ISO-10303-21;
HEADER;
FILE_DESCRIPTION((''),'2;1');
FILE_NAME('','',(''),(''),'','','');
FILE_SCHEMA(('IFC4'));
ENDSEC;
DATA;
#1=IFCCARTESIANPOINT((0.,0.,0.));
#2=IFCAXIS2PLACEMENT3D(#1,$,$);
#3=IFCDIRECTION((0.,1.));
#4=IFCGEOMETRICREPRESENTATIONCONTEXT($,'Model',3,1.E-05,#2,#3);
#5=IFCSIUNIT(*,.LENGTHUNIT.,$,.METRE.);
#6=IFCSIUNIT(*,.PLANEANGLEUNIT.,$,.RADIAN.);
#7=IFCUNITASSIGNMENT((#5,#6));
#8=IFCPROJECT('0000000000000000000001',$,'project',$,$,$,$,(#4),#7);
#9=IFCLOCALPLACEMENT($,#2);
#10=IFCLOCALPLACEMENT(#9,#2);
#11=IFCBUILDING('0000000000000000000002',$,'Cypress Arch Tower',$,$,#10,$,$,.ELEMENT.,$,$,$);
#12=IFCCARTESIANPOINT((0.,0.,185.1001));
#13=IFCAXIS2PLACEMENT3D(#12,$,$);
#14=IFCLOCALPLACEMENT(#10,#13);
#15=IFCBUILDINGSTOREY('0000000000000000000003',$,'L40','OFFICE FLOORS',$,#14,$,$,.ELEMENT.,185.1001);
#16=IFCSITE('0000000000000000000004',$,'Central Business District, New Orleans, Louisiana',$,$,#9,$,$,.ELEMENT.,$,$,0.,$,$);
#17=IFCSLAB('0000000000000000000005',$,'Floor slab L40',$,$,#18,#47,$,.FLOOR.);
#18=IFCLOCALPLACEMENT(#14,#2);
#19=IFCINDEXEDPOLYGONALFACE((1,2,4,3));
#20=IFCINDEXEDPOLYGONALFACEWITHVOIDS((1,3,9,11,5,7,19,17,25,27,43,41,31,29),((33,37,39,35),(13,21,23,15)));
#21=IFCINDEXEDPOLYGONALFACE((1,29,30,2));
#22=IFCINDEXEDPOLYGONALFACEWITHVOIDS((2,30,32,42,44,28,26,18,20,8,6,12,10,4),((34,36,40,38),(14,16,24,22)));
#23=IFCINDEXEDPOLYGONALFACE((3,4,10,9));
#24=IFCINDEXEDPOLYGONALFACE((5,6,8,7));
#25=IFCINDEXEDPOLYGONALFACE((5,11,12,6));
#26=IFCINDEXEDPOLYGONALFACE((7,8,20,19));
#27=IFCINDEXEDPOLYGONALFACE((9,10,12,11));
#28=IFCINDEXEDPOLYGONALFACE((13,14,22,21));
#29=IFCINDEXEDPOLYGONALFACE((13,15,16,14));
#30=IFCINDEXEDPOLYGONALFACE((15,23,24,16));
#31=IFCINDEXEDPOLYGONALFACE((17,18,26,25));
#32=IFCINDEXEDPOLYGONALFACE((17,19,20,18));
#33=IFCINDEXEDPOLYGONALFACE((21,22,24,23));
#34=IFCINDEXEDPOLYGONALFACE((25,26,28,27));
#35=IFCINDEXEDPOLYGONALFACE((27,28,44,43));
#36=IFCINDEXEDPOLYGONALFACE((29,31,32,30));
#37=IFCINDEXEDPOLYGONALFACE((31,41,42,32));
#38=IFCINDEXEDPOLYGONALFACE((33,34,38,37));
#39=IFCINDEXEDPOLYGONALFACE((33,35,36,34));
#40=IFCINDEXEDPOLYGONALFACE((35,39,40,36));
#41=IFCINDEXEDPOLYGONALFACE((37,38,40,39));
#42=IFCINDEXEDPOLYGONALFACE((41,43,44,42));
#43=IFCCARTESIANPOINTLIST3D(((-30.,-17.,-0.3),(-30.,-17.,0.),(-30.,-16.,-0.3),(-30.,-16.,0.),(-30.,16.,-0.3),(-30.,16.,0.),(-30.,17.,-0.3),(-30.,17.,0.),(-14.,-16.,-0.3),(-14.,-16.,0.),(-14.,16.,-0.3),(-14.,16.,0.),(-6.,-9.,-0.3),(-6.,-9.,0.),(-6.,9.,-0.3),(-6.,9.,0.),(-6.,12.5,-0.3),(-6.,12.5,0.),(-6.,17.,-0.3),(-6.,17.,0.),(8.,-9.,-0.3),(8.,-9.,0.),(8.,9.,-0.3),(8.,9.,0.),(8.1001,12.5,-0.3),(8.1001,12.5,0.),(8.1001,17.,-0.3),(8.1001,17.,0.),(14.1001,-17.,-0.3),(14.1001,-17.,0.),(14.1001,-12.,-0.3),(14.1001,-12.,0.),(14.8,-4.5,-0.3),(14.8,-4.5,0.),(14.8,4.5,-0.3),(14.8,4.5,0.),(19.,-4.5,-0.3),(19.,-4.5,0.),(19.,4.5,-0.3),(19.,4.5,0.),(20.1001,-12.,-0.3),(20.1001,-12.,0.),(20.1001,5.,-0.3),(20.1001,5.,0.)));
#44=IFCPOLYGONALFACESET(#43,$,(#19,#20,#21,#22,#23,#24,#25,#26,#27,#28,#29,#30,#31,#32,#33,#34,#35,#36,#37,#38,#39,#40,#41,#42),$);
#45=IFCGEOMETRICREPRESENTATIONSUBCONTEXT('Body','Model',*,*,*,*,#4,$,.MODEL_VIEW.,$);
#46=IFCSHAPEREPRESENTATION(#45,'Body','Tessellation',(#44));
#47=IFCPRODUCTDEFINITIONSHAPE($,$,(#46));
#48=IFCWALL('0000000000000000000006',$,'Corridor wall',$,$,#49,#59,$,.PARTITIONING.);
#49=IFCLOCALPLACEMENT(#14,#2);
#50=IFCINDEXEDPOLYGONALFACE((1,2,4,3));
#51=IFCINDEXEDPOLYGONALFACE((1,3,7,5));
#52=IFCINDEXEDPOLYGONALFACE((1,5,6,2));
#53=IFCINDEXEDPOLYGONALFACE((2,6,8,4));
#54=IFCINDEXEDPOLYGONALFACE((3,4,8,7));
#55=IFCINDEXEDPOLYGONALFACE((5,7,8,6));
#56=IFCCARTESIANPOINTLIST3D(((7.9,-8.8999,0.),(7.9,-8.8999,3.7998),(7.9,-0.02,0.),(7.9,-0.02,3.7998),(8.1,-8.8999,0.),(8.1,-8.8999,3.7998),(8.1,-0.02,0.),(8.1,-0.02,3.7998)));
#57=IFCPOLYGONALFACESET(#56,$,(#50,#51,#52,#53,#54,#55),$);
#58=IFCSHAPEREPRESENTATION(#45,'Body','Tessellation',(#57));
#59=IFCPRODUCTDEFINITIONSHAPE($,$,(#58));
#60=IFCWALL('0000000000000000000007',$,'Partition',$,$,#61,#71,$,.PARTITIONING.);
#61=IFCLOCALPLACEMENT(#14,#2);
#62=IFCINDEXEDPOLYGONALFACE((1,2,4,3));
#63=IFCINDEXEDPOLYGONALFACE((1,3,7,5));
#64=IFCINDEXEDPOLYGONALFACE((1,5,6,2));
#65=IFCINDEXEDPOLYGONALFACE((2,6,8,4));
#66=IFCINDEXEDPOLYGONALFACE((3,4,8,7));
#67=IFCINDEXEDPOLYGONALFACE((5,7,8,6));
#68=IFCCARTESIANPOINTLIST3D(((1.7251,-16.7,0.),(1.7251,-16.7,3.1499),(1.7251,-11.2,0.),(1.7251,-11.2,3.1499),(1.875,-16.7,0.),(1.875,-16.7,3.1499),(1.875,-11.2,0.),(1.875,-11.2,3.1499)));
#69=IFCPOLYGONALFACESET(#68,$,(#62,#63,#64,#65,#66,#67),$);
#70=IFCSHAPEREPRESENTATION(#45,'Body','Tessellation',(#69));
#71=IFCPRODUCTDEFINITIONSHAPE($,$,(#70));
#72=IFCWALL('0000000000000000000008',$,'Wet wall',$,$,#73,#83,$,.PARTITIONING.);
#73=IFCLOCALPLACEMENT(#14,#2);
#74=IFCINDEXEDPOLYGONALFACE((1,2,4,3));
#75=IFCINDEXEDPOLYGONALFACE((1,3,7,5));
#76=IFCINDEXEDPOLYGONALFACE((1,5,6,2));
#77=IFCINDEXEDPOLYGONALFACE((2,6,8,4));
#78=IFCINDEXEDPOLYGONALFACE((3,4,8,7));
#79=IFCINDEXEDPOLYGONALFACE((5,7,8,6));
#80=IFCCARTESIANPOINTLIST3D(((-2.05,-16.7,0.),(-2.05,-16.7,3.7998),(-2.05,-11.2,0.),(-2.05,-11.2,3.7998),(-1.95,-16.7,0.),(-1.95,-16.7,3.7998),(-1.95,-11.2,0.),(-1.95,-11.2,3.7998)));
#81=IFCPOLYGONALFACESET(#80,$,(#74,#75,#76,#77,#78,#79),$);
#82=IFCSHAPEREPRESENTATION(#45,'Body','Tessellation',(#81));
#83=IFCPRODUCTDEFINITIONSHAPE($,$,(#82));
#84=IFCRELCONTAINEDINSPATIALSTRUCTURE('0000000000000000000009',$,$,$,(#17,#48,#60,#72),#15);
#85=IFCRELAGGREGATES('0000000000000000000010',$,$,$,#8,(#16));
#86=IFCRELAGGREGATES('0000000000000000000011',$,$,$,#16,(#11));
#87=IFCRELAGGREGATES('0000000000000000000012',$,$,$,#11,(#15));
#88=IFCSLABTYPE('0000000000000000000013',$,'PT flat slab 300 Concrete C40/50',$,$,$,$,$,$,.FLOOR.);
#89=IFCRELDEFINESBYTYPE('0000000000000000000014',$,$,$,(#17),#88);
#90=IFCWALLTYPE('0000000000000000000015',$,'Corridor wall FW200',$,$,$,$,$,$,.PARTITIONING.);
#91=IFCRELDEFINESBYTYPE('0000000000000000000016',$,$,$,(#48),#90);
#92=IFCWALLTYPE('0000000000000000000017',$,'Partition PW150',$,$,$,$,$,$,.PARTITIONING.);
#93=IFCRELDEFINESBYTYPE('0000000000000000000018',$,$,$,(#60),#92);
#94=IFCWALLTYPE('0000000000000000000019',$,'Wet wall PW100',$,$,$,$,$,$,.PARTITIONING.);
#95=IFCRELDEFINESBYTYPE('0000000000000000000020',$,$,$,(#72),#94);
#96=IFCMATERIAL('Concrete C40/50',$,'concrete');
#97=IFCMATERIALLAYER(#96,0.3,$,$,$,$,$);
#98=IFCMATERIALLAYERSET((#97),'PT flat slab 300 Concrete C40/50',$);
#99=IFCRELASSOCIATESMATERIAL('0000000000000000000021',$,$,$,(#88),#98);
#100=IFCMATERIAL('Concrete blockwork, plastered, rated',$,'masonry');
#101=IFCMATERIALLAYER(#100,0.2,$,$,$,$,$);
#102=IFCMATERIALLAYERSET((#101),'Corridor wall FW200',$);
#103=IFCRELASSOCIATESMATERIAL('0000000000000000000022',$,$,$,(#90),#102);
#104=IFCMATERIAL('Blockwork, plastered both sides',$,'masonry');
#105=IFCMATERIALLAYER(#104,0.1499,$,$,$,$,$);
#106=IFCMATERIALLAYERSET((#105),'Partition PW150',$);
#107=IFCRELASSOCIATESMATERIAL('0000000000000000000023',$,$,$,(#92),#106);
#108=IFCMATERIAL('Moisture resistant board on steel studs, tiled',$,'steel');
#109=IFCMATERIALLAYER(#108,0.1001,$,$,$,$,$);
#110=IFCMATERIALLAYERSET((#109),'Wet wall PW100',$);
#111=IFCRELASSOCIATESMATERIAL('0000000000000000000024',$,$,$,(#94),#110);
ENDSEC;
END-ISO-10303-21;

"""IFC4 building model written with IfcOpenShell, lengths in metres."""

from ifc_helpers import new_model, si_unit, direction, frame, frame_2d, origin, place, context, subcontext, project, spatial, polyline, rectangle, outline, extrude, material, layer, layer_set, type_object, element, save


model = new_model("IFC4")

# Units and contexts
model_context = context("Model", 3, precision=1e-05, world=origin(), true_north=direction((0.0, 1.0)))
body_context = subcontext(model_context, "Body", "Model", "MODEL_VIEW")
ifc_project = project(units=[si_unit("LENGTHUNIT", "METRE"), si_unit("PLANEANGLEUNIT", "RADIAN")], contexts=[model_context])

# Site, building, storey
site_placement = place(None, origin())
site = spatial("IfcSite", under=ifc_project, at=site_placement, Name="Central Business District, New Orleans, Louisiana", CompositionType="ELEMENT", RefElevation=0.0)
building_placement = place(site_placement, origin())
building = spatial("IfcBuilding", under=site, at=building_placement, Name="Cypress Arch Tower", CompositionType="ELEMENT")
storey_placement = place(building_placement, frame((0.0, 0.0, 185.1001)))
storey = spatial("IfcBuildingStorey", under=building, at=storey_placement, Name="L40", Description="OFFICE FLOORS", CompositionType="ELEMENT", Elevation=185.1001)

# Slab
ifc_material_1 = material(Name="Concrete C40/50", Category="concrete")
ifc_layer_1 = layer(ifc_material_1, 0.3)
ifc_layer_set_1 = layer_set([ifc_layer_1], Name="PT flat slab 300 Concrete C40/50")
slab_type = type_object("IfcSlabType", Name="PT flat slab 300 Concrete C40/50", PredefinedType="FLOOR", material=ifc_layer_set_1)
slab_placement = place(storey_placement, frame((0.0, 0.0, -0.3)))
element("IfcSlab", 1, at=slab_placement, inside=storey, type_object=slab_type, Name="Floor slab L40", PredefinedType="FLOOR", context=body_context, shape_type="SweptSolid", body=[
    extrude(outline(polyline([(-30.0, 17.0), (-6.0, 17.0), (-6.0, 12.5), (8.1001, 12.5), (8.1001, 17.0), (20.1001, 5.0), (20.1001, -12.0), (14.1001, -12.0), (14.1001, -17.0), (-30.0, -17.0), (-30.0, -16.0), (-14.0, -16.0), (-14.0, 16.0), (-30.0, 16.0), (-30.0, 17.0)]), holes=[polyline([(-6.0, -9.0), (8.0, -9.0), (8.0, 9.0), (-6.0, 9.0), (-6.0, -9.0)]), polyline([(14.8, -4.5), (19.0, -4.5), (19.0, 4.5), (14.8, 4.5), (14.8, -4.5)])]), origin(), (0.0, 0.0, 1.0), 0.3),
])

# Walls
ifc_material_2 = material(Name="Concrete blockwork, plastered, rated", Category="masonry")
ifc_layer_2 = layer(ifc_material_2, 0.2)
ifc_layer_set_2 = layer_set([ifc_layer_2], Name="Corridor wall FW200")
wall_type_1 = type_object("IfcWallType", Name="Corridor wall FW200", PredefinedType="PARTITIONING", material=ifc_layer_set_2)
wall_1_placement = place(storey_placement, frame((8.0, -8.8999, 0.0), z_axis=(0.0, 0.0, 1.0), x_axis=(0.0, 1.0, 0.0)))
element("IfcWall", 2, at=wall_1_placement, inside=storey, type_object=wall_type_1, Name="Corridor wall", PredefinedType="PARTITIONING", context=body_context, shape_type="SweptSolid", body=[
    extrude(rectangle(XDim=8.8799, YDim=0.2, at=frame_2d((4.4399, 0.0))), origin(), (0.0, 0.0, 1.0), 3.7998),
])
ifc_material_3 = material(Name="Blockwork, plastered both sides", Category="masonry")
ifc_layer_3 = layer(ifc_material_3, 0.1499)
ifc_layer_set_3 = layer_set([ifc_layer_3], Name="Partition PW150")
wall_type_2 = type_object("IfcWallType", Name="Partition PW150", PredefinedType="PARTITIONING", material=ifc_layer_set_3)
wall_2_placement = place(storey_placement, frame((1.8, -16.7, 0.0), z_axis=(0.0, 0.0, 1.0), x_axis=(0.0, 1.0, 0.0)))
element("IfcWall", 3, at=wall_2_placement, inside=storey, type_object=wall_type_2, Name="Partition", PredefinedType="PARTITIONING", context=body_context, shape_type="SweptSolid", body=[
    extrude(rectangle(XDim=5.5, YDim=0.1499, at=frame_2d((2.75, 0.0))), origin(), (0.0, 0.0, 1.0), 3.1499),
])
ifc_material_4 = material(Name="Moisture resistant board on steel studs, tiled", Category="steel")
ifc_layer_4 = layer(ifc_material_4, 0.1001)
ifc_layer_set_4 = layer_set([ifc_layer_4], Name="Wet wall PW100")
wall_type_3 = type_object("IfcWallType", Name="Wet wall PW100", PredefinedType="PARTITIONING", material=ifc_layer_set_4)
wall_3_placement = place(storey_placement, frame((-2.0, -16.7, 0.0), z_axis=(0.0, 0.0, 1.0), x_axis=(0.0, 1.0, 0.0)))
element("IfcWall", 4, at=wall_3_placement, inside=storey, type_object=wall_type_3, Name="Wet wall", PredefinedType="PARTITIONING", context=body_context, shape_type="SweptSolid", body=[
    extrude(rectangle(XDim=5.5, YDim=0.1001, at=frame_2d((2.75, 0.0))), origin(), (0.0, 0.0, 1.0), 3.7998),
])

save(model, "model.ifc")
